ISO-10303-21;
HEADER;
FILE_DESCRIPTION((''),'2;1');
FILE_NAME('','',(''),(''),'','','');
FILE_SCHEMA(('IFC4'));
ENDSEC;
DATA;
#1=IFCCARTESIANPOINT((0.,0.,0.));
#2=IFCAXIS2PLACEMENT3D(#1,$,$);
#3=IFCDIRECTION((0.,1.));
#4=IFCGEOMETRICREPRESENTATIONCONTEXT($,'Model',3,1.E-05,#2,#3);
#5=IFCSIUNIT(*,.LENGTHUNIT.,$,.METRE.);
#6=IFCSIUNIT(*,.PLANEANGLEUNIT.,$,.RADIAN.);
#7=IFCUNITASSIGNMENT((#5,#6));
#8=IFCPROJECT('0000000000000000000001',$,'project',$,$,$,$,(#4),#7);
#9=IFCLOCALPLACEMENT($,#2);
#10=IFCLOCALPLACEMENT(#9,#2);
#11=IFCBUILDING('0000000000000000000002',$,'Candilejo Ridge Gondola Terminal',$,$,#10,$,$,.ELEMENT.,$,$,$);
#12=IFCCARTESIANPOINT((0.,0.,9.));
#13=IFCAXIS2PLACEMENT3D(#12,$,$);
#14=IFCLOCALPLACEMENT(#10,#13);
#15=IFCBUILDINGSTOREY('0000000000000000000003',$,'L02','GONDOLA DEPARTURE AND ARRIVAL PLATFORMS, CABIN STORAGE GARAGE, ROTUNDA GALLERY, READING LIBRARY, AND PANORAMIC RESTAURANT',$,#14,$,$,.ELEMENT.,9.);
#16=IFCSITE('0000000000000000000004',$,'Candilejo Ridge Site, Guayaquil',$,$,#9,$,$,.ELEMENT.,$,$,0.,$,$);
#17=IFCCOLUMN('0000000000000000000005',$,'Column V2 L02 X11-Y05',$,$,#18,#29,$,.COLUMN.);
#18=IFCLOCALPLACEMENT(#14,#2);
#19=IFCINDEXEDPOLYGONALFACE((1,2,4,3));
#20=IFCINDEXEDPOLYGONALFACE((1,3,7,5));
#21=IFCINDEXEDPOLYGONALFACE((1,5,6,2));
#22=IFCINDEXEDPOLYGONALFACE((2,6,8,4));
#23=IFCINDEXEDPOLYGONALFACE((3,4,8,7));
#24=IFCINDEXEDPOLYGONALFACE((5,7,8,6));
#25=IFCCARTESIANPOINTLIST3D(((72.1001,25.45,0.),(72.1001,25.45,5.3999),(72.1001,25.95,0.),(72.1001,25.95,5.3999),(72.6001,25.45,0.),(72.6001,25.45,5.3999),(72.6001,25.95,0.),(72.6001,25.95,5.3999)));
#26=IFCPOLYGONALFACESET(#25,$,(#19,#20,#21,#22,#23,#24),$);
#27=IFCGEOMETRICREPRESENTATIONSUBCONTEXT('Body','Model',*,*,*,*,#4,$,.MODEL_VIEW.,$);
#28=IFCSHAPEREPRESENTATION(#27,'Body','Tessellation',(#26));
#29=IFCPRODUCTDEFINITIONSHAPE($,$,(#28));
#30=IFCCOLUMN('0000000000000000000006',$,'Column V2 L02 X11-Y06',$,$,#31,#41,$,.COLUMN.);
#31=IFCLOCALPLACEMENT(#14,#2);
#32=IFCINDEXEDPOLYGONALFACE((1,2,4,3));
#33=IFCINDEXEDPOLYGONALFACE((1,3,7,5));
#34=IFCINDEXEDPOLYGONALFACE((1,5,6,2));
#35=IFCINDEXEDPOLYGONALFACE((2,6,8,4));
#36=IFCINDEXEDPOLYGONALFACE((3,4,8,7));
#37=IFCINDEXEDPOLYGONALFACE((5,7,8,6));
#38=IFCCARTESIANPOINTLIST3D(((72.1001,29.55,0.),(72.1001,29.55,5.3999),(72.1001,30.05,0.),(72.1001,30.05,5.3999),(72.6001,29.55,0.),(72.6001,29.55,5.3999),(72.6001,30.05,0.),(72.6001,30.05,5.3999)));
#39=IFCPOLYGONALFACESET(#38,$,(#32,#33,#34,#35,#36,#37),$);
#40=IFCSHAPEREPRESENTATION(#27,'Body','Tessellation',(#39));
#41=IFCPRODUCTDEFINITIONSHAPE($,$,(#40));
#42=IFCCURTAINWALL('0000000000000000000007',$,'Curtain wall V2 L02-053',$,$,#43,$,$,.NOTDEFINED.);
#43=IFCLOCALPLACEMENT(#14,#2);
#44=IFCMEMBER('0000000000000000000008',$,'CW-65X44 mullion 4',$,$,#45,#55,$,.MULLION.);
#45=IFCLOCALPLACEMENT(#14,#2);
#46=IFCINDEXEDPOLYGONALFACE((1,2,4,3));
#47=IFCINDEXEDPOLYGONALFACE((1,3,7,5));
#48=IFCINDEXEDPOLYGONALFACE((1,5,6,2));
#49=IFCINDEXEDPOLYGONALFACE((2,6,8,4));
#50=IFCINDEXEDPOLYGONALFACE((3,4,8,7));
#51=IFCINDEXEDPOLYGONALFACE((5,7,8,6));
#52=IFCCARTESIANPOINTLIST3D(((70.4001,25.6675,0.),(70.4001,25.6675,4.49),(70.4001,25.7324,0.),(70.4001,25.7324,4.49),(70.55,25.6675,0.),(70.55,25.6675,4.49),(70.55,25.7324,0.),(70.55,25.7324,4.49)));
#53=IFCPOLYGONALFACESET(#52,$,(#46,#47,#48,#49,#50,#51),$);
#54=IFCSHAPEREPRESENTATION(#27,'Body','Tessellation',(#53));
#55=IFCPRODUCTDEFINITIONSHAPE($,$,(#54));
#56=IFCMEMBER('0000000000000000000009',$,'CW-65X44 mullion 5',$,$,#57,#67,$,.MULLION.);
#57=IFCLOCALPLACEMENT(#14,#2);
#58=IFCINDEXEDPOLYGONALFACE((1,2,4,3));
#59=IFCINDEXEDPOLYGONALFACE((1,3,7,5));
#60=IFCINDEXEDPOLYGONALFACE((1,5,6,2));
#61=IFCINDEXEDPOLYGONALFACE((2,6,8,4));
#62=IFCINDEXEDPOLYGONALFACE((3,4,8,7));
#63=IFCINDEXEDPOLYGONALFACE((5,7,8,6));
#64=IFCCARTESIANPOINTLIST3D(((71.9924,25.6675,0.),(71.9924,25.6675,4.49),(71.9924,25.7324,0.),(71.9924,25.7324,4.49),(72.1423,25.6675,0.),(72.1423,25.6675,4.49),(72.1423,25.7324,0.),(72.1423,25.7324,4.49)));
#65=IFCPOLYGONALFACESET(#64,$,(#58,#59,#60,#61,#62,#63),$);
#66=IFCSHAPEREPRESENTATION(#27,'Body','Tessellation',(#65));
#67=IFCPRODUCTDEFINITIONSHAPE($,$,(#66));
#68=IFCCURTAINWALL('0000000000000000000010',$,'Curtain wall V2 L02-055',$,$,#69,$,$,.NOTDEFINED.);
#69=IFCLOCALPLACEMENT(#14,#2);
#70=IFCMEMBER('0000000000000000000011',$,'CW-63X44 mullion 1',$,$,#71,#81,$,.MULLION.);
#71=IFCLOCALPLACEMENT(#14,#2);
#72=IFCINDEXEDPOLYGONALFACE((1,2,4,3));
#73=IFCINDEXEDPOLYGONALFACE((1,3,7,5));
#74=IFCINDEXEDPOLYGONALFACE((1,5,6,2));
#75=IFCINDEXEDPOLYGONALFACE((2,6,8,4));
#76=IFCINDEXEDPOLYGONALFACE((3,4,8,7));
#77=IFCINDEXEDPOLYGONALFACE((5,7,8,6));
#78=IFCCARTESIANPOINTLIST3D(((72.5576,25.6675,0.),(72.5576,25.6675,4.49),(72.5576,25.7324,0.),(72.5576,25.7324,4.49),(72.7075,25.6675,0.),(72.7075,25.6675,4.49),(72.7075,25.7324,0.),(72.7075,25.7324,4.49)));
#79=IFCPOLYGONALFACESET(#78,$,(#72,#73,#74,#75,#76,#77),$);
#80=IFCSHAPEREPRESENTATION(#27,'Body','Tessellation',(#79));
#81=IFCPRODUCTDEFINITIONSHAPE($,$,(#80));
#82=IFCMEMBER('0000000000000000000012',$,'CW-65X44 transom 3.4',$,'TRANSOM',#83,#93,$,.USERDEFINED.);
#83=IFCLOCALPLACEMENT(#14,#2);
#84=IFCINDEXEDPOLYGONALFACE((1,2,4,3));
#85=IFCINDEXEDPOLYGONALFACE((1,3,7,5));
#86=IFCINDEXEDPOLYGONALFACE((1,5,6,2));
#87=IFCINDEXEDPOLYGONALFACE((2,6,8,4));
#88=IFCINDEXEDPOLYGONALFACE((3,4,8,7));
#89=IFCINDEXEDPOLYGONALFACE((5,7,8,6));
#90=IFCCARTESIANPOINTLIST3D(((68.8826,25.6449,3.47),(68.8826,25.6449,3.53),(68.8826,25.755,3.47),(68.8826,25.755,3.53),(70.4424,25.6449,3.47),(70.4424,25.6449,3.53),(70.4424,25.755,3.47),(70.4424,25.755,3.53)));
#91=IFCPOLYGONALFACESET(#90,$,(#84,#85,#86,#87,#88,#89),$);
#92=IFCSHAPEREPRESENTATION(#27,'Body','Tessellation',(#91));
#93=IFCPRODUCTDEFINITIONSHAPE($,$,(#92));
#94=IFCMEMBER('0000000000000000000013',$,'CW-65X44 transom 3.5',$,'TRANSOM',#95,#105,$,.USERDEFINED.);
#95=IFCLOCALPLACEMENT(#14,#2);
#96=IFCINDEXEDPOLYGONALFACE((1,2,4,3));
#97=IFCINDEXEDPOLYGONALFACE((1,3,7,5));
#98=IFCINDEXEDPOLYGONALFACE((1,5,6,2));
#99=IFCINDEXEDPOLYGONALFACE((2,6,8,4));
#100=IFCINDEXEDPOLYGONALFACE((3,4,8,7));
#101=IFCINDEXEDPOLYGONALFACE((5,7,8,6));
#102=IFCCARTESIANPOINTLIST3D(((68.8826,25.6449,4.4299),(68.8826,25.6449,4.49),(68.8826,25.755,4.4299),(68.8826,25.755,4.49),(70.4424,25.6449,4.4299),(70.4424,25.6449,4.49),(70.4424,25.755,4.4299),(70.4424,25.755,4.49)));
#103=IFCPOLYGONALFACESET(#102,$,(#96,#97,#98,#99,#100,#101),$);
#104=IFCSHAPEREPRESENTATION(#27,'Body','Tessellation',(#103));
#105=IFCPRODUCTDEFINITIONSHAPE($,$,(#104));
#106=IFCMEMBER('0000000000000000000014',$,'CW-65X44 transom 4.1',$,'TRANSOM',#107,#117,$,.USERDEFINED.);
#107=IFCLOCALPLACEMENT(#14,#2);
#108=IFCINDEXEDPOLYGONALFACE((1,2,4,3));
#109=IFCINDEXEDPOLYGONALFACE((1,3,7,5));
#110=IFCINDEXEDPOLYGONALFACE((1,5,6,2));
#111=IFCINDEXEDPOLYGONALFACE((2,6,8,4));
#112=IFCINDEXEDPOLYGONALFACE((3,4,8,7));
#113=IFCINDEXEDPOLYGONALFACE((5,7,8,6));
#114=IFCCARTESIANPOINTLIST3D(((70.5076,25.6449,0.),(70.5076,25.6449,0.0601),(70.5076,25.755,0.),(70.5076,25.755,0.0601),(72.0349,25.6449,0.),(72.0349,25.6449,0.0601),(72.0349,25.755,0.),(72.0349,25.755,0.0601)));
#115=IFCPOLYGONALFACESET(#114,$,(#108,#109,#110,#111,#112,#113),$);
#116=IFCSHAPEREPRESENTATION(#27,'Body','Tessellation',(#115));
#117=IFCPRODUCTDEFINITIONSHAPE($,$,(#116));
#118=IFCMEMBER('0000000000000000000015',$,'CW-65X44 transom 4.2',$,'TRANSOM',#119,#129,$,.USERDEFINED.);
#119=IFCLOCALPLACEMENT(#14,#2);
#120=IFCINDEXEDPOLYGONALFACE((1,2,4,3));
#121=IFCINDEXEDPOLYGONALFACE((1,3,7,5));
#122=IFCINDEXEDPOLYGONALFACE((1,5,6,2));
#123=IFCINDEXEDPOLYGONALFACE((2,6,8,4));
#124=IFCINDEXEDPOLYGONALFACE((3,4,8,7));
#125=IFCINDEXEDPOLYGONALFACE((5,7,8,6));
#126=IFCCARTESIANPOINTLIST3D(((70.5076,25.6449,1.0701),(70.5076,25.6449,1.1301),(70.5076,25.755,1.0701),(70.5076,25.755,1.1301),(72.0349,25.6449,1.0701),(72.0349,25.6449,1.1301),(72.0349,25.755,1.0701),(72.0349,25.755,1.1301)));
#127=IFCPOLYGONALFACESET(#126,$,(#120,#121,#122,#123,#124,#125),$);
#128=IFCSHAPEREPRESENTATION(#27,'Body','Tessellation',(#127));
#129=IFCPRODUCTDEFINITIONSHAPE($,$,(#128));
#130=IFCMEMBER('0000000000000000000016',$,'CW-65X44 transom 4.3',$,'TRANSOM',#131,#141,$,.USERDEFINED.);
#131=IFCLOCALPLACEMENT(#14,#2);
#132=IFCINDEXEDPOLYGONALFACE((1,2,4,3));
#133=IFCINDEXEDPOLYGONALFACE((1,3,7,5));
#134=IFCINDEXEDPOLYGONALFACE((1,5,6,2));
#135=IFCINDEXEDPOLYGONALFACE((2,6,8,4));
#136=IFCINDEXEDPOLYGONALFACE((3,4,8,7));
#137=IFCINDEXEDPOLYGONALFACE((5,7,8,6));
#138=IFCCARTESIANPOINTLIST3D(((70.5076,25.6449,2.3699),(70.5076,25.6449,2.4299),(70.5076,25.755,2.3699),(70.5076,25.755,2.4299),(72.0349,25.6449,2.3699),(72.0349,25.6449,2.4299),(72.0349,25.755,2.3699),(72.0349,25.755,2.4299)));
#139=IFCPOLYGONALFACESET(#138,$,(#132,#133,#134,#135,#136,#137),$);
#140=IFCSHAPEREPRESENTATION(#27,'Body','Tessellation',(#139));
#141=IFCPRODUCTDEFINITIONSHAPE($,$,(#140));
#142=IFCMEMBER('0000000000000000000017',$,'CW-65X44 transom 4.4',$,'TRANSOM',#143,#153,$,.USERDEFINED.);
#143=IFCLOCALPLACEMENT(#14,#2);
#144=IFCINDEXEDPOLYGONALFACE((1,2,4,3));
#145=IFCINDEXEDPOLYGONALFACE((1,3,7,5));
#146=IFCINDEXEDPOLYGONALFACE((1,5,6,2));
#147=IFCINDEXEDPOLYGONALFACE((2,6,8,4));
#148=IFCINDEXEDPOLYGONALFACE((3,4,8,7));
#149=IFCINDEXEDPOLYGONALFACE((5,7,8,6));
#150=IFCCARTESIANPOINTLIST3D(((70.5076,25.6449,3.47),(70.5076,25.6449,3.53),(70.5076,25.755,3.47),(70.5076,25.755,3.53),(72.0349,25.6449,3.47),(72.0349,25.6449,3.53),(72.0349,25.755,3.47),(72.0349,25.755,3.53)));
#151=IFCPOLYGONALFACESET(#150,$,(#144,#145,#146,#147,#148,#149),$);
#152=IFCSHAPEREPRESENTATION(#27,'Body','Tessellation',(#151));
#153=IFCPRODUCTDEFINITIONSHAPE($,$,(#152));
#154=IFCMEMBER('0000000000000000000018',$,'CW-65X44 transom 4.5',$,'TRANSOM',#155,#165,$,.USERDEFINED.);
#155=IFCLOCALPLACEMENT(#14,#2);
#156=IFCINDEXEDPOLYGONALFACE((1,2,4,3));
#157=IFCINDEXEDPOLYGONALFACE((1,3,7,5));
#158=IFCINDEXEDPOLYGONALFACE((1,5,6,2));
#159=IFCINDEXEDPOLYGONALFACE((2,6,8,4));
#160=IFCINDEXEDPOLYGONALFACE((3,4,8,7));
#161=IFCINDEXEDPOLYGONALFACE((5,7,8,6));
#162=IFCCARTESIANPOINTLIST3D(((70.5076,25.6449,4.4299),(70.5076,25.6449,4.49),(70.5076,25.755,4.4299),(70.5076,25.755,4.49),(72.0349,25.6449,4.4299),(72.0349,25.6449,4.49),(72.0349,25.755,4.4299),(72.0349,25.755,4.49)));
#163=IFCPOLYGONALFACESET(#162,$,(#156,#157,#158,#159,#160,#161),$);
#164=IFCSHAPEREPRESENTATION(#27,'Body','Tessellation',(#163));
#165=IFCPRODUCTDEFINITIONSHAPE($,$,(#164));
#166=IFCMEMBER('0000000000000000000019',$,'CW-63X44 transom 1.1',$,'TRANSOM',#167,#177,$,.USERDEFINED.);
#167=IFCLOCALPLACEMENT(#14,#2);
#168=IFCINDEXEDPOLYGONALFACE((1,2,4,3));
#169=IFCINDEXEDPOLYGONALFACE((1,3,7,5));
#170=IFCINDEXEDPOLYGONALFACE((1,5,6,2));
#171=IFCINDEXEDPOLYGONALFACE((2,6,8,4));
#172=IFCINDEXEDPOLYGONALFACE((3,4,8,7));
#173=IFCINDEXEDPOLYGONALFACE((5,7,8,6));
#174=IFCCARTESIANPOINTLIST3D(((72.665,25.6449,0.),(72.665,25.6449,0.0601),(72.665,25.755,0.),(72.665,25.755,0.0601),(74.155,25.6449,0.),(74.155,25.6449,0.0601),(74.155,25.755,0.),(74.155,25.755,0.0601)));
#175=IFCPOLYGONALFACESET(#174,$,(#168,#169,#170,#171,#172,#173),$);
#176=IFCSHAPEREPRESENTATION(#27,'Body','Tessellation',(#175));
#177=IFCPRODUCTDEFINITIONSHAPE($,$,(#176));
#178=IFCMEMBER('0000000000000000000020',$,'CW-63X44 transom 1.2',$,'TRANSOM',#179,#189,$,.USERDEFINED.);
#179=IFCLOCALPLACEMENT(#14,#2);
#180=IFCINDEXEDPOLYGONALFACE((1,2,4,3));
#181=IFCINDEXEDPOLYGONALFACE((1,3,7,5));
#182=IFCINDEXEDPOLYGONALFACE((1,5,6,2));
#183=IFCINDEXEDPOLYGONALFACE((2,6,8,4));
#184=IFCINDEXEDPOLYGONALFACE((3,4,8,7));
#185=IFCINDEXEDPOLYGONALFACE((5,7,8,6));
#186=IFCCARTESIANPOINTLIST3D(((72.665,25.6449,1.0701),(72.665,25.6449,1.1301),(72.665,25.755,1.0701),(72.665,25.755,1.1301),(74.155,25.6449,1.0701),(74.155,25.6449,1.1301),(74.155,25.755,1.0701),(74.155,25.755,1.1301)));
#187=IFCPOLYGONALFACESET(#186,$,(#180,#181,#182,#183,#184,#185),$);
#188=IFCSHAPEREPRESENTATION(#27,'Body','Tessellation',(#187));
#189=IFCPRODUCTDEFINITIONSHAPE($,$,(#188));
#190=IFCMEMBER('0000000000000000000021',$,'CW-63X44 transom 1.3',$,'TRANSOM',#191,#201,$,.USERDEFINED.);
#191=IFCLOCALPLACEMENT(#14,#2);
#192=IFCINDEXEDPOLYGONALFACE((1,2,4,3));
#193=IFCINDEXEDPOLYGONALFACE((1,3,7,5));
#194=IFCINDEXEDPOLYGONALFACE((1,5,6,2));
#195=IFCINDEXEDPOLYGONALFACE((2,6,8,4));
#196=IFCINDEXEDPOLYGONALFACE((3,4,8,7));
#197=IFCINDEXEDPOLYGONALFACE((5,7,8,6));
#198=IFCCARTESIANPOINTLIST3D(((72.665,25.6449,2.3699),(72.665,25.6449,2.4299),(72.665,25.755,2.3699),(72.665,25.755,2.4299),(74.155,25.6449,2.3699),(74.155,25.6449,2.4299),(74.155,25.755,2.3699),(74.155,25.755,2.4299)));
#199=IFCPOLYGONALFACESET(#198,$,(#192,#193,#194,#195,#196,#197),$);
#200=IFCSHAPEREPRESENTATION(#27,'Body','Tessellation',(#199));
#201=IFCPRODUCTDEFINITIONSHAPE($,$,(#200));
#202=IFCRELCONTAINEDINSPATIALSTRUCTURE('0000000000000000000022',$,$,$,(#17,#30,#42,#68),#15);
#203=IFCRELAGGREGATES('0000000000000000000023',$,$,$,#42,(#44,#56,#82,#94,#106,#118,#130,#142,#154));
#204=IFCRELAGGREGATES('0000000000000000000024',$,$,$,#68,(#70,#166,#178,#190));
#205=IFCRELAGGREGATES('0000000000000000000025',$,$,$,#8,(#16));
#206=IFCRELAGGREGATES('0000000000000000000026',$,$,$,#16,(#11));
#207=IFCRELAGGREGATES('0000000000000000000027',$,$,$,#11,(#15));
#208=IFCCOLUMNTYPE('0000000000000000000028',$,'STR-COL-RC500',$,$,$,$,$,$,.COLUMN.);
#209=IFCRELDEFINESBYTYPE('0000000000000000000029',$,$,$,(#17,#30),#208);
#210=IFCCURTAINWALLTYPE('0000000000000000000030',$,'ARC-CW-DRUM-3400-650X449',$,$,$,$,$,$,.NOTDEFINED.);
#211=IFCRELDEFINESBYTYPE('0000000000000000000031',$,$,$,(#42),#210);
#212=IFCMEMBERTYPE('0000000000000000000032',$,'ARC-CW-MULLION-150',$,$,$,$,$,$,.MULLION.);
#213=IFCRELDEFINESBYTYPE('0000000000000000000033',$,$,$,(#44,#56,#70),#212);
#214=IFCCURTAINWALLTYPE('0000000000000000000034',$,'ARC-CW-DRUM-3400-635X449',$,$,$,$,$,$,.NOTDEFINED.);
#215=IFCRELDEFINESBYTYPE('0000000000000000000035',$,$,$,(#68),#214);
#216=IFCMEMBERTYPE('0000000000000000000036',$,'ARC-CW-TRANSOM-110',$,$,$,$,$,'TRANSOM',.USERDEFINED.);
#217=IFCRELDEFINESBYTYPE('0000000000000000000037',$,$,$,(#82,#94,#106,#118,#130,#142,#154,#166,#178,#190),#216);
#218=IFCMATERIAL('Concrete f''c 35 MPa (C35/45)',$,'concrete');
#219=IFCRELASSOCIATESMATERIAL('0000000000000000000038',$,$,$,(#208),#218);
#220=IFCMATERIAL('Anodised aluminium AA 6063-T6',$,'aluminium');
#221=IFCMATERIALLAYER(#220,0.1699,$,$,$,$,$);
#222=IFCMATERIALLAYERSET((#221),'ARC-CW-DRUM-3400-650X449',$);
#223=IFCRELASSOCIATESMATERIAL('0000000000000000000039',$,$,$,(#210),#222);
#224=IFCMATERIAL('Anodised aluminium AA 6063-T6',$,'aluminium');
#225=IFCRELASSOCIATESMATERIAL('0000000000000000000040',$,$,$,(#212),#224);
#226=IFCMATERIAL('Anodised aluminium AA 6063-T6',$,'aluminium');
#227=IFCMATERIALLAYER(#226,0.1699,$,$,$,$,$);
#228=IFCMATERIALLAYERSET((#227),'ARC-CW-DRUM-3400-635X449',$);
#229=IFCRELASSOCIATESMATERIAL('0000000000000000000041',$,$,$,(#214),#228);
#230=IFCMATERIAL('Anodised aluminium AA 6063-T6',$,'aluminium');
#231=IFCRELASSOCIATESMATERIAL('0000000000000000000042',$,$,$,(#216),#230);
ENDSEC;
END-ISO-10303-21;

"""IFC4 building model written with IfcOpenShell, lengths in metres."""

from ifc_helpers import new_model, si_unit, direction, frame, origin, origin_2d, place, context, subcontext, project, spatial, rectangle, extrude, material, layer, layer_set, material_profile, profile_set, type_object, element, aggregate, save


model = new_model("IFC4")

# Units and contexts
model_context = context("Model", 3, precision=1e-05, world=origin(), true_north=direction((0.0, 1.0)))
body_context = subcontext(model_context, "Body", "Model", "MODEL_VIEW")
ifc_project = project(units=[si_unit("LENGTHUNIT", "METRE"), si_unit("PLANEANGLEUNIT", "RADIAN")], contexts=[model_context])

# Site, building, storey
site_placement = place(None, origin())
site = spatial("IfcSite", under=ifc_project, at=site_placement, Name="Candilejo Ridge Site, Guayaquil", CompositionType="ELEMENT", RefElevation=0.0)
building_placement = place(site_placement, origin())
building = spatial("IfcBuilding", under=site, at=building_placement, Name="Candilejo Ridge Gondola Terminal", CompositionType="ELEMENT")
storey_placement = place(building_placement, frame((0.0, 0.0, 9.0)))
storey = spatial("IfcBuildingStorey", under=building, at=storey_placement, Name="L02", Description="GONDOLA DEPARTURE AND ARRIVAL PLATFORMS, CABIN STORAGE GARAGE, ROTUNDA GALLERY, READING LIBRARY, AND PANORAMIC RESTAURANT", CompositionType="ELEMENT", Elevation=9.0)

# Columns
ifc_material_1 = material(Name="Concrete f'c 35 MPa (C35/45)", Category="concrete")
ifc_material_profile_1 = material_profile(ifc_material_1, rectangle(XDim=0.5, YDim=0.5, at=origin_2d()))
ifc_profile_set_1 = profile_set([ifc_material_profile_1], Name="Concrete f'c 35 MPa (C35/45)")
column_type = type_object("IfcColumnType", Name="STR-COL-RC500", PredefinedType="COLUMN", material=ifc_profile_set_1)
for number, where, z_axis, x_axis, name in (
    (1, (72.3501, 25.7, 0.0), (0.0, 0.0, 1.0), (1.0, 0.0, 0.0), "Column V2 L02 X11-Y05"),
    (2, (72.3501, 29.8, 0.0), (0.0, 0.0, 1.0), (1.0, 0.0, 0.0), "Column V2 L02 X11-Y06"),
):
    element("IfcColumn", number, at=place(storey_placement, frame(where, z_axis=z_axis, x_axis=x_axis)), inside=storey, type_object=column_type, Name=name, PredefinedType="COLUMN", context=body_context, shape_type="SweptSolid", body=[
        extrude(rectangle(XDim=0.5, YDim=0.5, at=origin_2d()), origin(), (0.0, 0.0, 1.0), 5.3999),
    ])

# Curtain wall, members
ifc_material_2 = material(Name="Anodised aluminium AA 6063-T6", Category="aluminium")
ifc_layer_1 = layer(ifc_material_2, 0.1699)
ifc_layer_set_1 = layer_set([ifc_layer_1], Name="ARC-CW-DRUM-3400-650X449")
curtain_wall_type_1 = type_object("IfcCurtainWallType", Name="ARC-CW-DRUM-3400-650X449", PredefinedType="NOTDEFINED", material=ifc_layer_set_1)
curtain_wall_1_placement = place(storey_placement, origin())
curtain_wall_1 = element("IfcCurtainWall", 3, at=curtain_wall_1_placement, inside=storey, type_object=curtain_wall_type_1, Name="Curtain wall V2 L02-053", PredefinedType="NOTDEFINED")
ifc_material_3 = material(Name="Anodised aluminium AA 6063-T6", Category="aluminium")
ifc_material_profile_2 = material_profile(ifc_material_3, rectangle(XDim=0.0649, YDim=0.1499, at=origin_2d()))
ifc_profile_set_2 = profile_set([ifc_material_profile_2], Name="Anodised aluminium AA 6063-T6")
member_type_1 = type_object("IfcMemberType", Name="ARC-CW-MULLION-150", PredefinedType="MULLION", material=ifc_profile_set_2)
member_1_placement = place(storey_placement, frame((70.4751, 25.7, 0.0), z_axis=(0.0, 0.0, 1.0), x_axis=(0.0, 1.0, 0.0)))
member_1 = element("IfcMember", 4, at=member_1_placement, type_object=member_type_1, Name="CW-65X44 mullion 4", PredefinedType="MULLION", context=body_context, shape_type="SweptSolid", body=[
    extrude(rectangle(XDim=0.0649, YDim=0.1499, at=origin_2d()), origin(), (0.0, 0.0, 1.0), 4.49),
])
member_2_placement = place(storey_placement, frame((72.0674, 25.7, 0.0), z_axis=(0.0, 0.0, 1.0), x_axis=(0.0, 1.0, 0.0)))
member_2 = element("IfcMember", 5, at=member_2_placement, type_object=member_type_1, Name="CW-65X44 mullion 5", PredefinedType="MULLION", context=body_context, shape_type="SweptSolid", body=[
    extrude(rectangle(XDim=0.0649, YDim=0.1499, at=origin_2d()), origin(), (0.0, 0.0, 1.0), 4.49),
])

# Curtain wall, member
ifc_material_4 = material(Name="Anodised aluminium AA 6063-T6", Category="aluminium")
ifc_layer_2 = layer(ifc_material_4, 0.1699)
ifc_layer_set_2 = layer_set([ifc_layer_2], Name="ARC-CW-DRUM-3400-635X449")
curtain_wall_type_2 = type_object("IfcCurtainWallType", Name="ARC-CW-DRUM-3400-635X449", PredefinedType="NOTDEFINED", material=ifc_layer_set_2)
curtain_wall_2_placement = place(storey_placement, origin())
curtain_wall_2 = element("IfcCurtainWall", 6, at=curtain_wall_2_placement, inside=storey, type_object=curtain_wall_type_2, Name="Curtain wall V2 L02-055", PredefinedType="NOTDEFINED")
member_3_placement = place(storey_placement, frame((72.6326, 25.7, 0.0), z_axis=(0.0, 0.0, 1.0), x_axis=(0.0, 1.0, 0.0)))
member_3 = element("IfcMember", 7, at=member_3_placement, type_object=member_type_1, Name="CW-63X44 mullion 1", PredefinedType="MULLION", context=body_context, shape_type="SweptSolid", body=[
    extrude(rectangle(XDim=0.0649, YDim=0.1499, at=origin_2d()), origin(), (0.0, 0.0, 1.0), 4.49),
])

# Members
ifc_material_5 = material(Name="Anodised aluminium AA 6063-T6", Category="aluminium")
ifc_material_profile_3 = material_profile(ifc_material_5, rectangle(XDim=0.1101, YDim=0.0601, at=origin_2d()))
ifc_profile_set_3 = profile_set([ifc_material_profile_3], Name="Anodised aluminium AA 6063-T6")
member_type_2 = type_object("IfcMemberType", Name="ARC-CW-TRANSOM-110", ElementType="TRANSOM", PredefinedType="USERDEFINED", material=ifc_profile_set_3)
member_4_placement = place(storey_placement, frame((68.8826, 25.7, 3.5), z_axis=(1.0, 0.0, 0.0), x_axis=(0.0, 1.0, 0.0)))
member_4 = element("IfcMember", 8, at=member_4_placement, type_object=member_type_2, Name="CW-65X44 transom 3.4", ObjectType="TRANSOM", PredefinedType="USERDEFINED", context=body_context, shape_type="SweptSolid", body=[
    extrude(rectangle(XDim=0.1101, YDim=0.0601, at=origin_2d()), origin(), (0.0, 0.0, 1.0), 1.5598),
])
member_5_placement = place(storey_placement, frame((68.8826, 25.7, 4.46), z_axis=(1.0, 0.0, 0.0), x_axis=(0.0, 1.0, 0.0)))
member_5 = element("IfcMember", 9, at=member_5_placement, type_object=member_type_2, Name="CW-65X44 transom 3.5", ObjectType="TRANSOM", PredefinedType="USERDEFINED", context=body_context, shape_type="SweptSolid", body=[
    extrude(rectangle(XDim=0.1101, YDim=0.0601, at=origin_2d()), origin(), (0.0, 0.0, 1.0), 1.5598),
])
member_6_placement = place(storey_placement, frame((70.5076, 25.7, 0.03), z_axis=(1.0, 0.0, 0.0), x_axis=(0.0, 1.0, 0.0)))
member_6 = element("IfcMember", 10, at=member_6_placement, type_object=member_type_2, Name="CW-65X44 transom 4.1", ObjectType="TRANSOM", PredefinedType="USERDEFINED", context=body_context, shape_type="SweptSolid", body=[
    extrude(rectangle(XDim=0.1101, YDim=0.0601, at=origin_2d()), origin(), (0.0, 0.0, 1.0), 1.5273),
])
member_7_placement = place(storey_placement, frame((70.5076, 25.7, 1.1001), z_axis=(1.0, 0.0, 0.0), x_axis=(0.0, 1.0, 0.0)))
member_7 = element("IfcMember", 11, at=member_7_placement, type_object=member_type_2, Name="CW-65X44 transom 4.2", ObjectType="TRANSOM", PredefinedType="USERDEFINED", context=body_context, shape_type="SweptSolid", body=[
    extrude(rectangle(XDim=0.1101, YDim=0.0601, at=origin_2d()), origin(), (0.0, 0.0, 1.0), 1.5273),
])
member_8_placement = place(storey_placement, frame((70.5076, 25.7, 2.3999), z_axis=(1.0, 0.0, 0.0), x_axis=(0.0, 1.0, 0.0)))
member_8 = element("IfcMember", 12, at=member_8_placement, type_object=member_type_2, Name="CW-65X44 transom 4.3", ObjectType="TRANSOM", PredefinedType="USERDEFINED", context=body_context, shape_type="SweptSolid", body=[
    extrude(rectangle(XDim=0.1101, YDim=0.0601, at=origin_2d()), origin(), (0.0, 0.0, 1.0), 1.5273),
])
member_9_placement = place(storey_placement, frame((70.5076, 25.7, 3.5), z_axis=(1.0, 0.0, 0.0), x_axis=(0.0, 1.0, 0.0)))
member_9 = element("IfcMember", 13, at=member_9_placement, type_object=member_type_2, Name="CW-65X44 transom 4.4", ObjectType="TRANSOM", PredefinedType="USERDEFINED", context=body_context, shape_type="SweptSolid", body=[
    extrude(rectangle(XDim=0.1101, YDim=0.0601, at=origin_2d()), origin(), (0.0, 0.0, 1.0), 1.5273),
])
member_10_placement = place(storey_placement, frame((70.5076, 25.7, 4.46), z_axis=(1.0, 0.0, 0.0), x_axis=(0.0, 1.0, 0.0)))
member_10 = element("IfcMember", 14, at=member_10_placement, type_object=member_type_2, Name="CW-65X44 transom 4.5", ObjectType="TRANSOM", PredefinedType="USERDEFINED", context=body_context, shape_type="SweptSolid", body=[
    extrude(rectangle(XDim=0.1101, YDim=0.0601, at=origin_2d()), origin(), (0.0, 0.0, 1.0), 1.5273),
])
member_11_placement = place(storey_placement, frame((72.665, 25.7, 0.03), z_axis=(1.0, 0.0, 0.0), x_axis=(0.0, 1.0, 0.0)))
member_11 = element("IfcMember", 15, at=member_11_placement, type_object=member_type_2, Name="CW-63X44 transom 1.1", ObjectType="TRANSOM", PredefinedType="USERDEFINED", context=body_context, shape_type="SweptSolid", body=[
    extrude(rectangle(XDim=0.1101, YDim=0.0601, at=origin_2d()), origin(), (0.0, 0.0, 1.0), 1.49),
])
member_12_placement = place(storey_placement, frame((72.665, 25.7, 1.1001), z_axis=(1.0, 0.0, 0.0), x_axis=(0.0, 1.0, 0.0)))
member_12 = element("IfcMember", 16, at=member_12_placement, type_object=member_type_2, Name="CW-63X44 transom 1.2", ObjectType="TRANSOM", PredefinedType="USERDEFINED", context=body_context, shape_type="SweptSolid", body=[
    extrude(rectangle(XDim=0.1101, YDim=0.0601, at=origin_2d()), origin(), (0.0, 0.0, 1.0), 1.49),
])
member_13_placement = place(storey_placement, frame((72.665, 25.7, 2.3999), z_axis=(1.0, 0.0, 0.0), x_axis=(0.0, 1.0, 0.0)))
member_13 = element("IfcMember", 17, at=member_13_placement, type_object=member_type_2, Name="CW-63X44 transom 1.3", ObjectType="TRANSOM", PredefinedType="USERDEFINED", context=body_context, shape_type="SweptSolid", body=[
    extrude(rectangle(XDim=0.1101, YDim=0.0601, at=origin_2d()), origin(), (0.0, 0.0, 1.0), 1.49),
])

aggregate(curtain_wall_1, [member_1, member_2, member_4, member_5, member_6, member_7, member_8, member_9, member_10])
aggregate(curtain_wall_2, [member_3, member_11, member_12, member_13])

save(model, "model.ifc")
